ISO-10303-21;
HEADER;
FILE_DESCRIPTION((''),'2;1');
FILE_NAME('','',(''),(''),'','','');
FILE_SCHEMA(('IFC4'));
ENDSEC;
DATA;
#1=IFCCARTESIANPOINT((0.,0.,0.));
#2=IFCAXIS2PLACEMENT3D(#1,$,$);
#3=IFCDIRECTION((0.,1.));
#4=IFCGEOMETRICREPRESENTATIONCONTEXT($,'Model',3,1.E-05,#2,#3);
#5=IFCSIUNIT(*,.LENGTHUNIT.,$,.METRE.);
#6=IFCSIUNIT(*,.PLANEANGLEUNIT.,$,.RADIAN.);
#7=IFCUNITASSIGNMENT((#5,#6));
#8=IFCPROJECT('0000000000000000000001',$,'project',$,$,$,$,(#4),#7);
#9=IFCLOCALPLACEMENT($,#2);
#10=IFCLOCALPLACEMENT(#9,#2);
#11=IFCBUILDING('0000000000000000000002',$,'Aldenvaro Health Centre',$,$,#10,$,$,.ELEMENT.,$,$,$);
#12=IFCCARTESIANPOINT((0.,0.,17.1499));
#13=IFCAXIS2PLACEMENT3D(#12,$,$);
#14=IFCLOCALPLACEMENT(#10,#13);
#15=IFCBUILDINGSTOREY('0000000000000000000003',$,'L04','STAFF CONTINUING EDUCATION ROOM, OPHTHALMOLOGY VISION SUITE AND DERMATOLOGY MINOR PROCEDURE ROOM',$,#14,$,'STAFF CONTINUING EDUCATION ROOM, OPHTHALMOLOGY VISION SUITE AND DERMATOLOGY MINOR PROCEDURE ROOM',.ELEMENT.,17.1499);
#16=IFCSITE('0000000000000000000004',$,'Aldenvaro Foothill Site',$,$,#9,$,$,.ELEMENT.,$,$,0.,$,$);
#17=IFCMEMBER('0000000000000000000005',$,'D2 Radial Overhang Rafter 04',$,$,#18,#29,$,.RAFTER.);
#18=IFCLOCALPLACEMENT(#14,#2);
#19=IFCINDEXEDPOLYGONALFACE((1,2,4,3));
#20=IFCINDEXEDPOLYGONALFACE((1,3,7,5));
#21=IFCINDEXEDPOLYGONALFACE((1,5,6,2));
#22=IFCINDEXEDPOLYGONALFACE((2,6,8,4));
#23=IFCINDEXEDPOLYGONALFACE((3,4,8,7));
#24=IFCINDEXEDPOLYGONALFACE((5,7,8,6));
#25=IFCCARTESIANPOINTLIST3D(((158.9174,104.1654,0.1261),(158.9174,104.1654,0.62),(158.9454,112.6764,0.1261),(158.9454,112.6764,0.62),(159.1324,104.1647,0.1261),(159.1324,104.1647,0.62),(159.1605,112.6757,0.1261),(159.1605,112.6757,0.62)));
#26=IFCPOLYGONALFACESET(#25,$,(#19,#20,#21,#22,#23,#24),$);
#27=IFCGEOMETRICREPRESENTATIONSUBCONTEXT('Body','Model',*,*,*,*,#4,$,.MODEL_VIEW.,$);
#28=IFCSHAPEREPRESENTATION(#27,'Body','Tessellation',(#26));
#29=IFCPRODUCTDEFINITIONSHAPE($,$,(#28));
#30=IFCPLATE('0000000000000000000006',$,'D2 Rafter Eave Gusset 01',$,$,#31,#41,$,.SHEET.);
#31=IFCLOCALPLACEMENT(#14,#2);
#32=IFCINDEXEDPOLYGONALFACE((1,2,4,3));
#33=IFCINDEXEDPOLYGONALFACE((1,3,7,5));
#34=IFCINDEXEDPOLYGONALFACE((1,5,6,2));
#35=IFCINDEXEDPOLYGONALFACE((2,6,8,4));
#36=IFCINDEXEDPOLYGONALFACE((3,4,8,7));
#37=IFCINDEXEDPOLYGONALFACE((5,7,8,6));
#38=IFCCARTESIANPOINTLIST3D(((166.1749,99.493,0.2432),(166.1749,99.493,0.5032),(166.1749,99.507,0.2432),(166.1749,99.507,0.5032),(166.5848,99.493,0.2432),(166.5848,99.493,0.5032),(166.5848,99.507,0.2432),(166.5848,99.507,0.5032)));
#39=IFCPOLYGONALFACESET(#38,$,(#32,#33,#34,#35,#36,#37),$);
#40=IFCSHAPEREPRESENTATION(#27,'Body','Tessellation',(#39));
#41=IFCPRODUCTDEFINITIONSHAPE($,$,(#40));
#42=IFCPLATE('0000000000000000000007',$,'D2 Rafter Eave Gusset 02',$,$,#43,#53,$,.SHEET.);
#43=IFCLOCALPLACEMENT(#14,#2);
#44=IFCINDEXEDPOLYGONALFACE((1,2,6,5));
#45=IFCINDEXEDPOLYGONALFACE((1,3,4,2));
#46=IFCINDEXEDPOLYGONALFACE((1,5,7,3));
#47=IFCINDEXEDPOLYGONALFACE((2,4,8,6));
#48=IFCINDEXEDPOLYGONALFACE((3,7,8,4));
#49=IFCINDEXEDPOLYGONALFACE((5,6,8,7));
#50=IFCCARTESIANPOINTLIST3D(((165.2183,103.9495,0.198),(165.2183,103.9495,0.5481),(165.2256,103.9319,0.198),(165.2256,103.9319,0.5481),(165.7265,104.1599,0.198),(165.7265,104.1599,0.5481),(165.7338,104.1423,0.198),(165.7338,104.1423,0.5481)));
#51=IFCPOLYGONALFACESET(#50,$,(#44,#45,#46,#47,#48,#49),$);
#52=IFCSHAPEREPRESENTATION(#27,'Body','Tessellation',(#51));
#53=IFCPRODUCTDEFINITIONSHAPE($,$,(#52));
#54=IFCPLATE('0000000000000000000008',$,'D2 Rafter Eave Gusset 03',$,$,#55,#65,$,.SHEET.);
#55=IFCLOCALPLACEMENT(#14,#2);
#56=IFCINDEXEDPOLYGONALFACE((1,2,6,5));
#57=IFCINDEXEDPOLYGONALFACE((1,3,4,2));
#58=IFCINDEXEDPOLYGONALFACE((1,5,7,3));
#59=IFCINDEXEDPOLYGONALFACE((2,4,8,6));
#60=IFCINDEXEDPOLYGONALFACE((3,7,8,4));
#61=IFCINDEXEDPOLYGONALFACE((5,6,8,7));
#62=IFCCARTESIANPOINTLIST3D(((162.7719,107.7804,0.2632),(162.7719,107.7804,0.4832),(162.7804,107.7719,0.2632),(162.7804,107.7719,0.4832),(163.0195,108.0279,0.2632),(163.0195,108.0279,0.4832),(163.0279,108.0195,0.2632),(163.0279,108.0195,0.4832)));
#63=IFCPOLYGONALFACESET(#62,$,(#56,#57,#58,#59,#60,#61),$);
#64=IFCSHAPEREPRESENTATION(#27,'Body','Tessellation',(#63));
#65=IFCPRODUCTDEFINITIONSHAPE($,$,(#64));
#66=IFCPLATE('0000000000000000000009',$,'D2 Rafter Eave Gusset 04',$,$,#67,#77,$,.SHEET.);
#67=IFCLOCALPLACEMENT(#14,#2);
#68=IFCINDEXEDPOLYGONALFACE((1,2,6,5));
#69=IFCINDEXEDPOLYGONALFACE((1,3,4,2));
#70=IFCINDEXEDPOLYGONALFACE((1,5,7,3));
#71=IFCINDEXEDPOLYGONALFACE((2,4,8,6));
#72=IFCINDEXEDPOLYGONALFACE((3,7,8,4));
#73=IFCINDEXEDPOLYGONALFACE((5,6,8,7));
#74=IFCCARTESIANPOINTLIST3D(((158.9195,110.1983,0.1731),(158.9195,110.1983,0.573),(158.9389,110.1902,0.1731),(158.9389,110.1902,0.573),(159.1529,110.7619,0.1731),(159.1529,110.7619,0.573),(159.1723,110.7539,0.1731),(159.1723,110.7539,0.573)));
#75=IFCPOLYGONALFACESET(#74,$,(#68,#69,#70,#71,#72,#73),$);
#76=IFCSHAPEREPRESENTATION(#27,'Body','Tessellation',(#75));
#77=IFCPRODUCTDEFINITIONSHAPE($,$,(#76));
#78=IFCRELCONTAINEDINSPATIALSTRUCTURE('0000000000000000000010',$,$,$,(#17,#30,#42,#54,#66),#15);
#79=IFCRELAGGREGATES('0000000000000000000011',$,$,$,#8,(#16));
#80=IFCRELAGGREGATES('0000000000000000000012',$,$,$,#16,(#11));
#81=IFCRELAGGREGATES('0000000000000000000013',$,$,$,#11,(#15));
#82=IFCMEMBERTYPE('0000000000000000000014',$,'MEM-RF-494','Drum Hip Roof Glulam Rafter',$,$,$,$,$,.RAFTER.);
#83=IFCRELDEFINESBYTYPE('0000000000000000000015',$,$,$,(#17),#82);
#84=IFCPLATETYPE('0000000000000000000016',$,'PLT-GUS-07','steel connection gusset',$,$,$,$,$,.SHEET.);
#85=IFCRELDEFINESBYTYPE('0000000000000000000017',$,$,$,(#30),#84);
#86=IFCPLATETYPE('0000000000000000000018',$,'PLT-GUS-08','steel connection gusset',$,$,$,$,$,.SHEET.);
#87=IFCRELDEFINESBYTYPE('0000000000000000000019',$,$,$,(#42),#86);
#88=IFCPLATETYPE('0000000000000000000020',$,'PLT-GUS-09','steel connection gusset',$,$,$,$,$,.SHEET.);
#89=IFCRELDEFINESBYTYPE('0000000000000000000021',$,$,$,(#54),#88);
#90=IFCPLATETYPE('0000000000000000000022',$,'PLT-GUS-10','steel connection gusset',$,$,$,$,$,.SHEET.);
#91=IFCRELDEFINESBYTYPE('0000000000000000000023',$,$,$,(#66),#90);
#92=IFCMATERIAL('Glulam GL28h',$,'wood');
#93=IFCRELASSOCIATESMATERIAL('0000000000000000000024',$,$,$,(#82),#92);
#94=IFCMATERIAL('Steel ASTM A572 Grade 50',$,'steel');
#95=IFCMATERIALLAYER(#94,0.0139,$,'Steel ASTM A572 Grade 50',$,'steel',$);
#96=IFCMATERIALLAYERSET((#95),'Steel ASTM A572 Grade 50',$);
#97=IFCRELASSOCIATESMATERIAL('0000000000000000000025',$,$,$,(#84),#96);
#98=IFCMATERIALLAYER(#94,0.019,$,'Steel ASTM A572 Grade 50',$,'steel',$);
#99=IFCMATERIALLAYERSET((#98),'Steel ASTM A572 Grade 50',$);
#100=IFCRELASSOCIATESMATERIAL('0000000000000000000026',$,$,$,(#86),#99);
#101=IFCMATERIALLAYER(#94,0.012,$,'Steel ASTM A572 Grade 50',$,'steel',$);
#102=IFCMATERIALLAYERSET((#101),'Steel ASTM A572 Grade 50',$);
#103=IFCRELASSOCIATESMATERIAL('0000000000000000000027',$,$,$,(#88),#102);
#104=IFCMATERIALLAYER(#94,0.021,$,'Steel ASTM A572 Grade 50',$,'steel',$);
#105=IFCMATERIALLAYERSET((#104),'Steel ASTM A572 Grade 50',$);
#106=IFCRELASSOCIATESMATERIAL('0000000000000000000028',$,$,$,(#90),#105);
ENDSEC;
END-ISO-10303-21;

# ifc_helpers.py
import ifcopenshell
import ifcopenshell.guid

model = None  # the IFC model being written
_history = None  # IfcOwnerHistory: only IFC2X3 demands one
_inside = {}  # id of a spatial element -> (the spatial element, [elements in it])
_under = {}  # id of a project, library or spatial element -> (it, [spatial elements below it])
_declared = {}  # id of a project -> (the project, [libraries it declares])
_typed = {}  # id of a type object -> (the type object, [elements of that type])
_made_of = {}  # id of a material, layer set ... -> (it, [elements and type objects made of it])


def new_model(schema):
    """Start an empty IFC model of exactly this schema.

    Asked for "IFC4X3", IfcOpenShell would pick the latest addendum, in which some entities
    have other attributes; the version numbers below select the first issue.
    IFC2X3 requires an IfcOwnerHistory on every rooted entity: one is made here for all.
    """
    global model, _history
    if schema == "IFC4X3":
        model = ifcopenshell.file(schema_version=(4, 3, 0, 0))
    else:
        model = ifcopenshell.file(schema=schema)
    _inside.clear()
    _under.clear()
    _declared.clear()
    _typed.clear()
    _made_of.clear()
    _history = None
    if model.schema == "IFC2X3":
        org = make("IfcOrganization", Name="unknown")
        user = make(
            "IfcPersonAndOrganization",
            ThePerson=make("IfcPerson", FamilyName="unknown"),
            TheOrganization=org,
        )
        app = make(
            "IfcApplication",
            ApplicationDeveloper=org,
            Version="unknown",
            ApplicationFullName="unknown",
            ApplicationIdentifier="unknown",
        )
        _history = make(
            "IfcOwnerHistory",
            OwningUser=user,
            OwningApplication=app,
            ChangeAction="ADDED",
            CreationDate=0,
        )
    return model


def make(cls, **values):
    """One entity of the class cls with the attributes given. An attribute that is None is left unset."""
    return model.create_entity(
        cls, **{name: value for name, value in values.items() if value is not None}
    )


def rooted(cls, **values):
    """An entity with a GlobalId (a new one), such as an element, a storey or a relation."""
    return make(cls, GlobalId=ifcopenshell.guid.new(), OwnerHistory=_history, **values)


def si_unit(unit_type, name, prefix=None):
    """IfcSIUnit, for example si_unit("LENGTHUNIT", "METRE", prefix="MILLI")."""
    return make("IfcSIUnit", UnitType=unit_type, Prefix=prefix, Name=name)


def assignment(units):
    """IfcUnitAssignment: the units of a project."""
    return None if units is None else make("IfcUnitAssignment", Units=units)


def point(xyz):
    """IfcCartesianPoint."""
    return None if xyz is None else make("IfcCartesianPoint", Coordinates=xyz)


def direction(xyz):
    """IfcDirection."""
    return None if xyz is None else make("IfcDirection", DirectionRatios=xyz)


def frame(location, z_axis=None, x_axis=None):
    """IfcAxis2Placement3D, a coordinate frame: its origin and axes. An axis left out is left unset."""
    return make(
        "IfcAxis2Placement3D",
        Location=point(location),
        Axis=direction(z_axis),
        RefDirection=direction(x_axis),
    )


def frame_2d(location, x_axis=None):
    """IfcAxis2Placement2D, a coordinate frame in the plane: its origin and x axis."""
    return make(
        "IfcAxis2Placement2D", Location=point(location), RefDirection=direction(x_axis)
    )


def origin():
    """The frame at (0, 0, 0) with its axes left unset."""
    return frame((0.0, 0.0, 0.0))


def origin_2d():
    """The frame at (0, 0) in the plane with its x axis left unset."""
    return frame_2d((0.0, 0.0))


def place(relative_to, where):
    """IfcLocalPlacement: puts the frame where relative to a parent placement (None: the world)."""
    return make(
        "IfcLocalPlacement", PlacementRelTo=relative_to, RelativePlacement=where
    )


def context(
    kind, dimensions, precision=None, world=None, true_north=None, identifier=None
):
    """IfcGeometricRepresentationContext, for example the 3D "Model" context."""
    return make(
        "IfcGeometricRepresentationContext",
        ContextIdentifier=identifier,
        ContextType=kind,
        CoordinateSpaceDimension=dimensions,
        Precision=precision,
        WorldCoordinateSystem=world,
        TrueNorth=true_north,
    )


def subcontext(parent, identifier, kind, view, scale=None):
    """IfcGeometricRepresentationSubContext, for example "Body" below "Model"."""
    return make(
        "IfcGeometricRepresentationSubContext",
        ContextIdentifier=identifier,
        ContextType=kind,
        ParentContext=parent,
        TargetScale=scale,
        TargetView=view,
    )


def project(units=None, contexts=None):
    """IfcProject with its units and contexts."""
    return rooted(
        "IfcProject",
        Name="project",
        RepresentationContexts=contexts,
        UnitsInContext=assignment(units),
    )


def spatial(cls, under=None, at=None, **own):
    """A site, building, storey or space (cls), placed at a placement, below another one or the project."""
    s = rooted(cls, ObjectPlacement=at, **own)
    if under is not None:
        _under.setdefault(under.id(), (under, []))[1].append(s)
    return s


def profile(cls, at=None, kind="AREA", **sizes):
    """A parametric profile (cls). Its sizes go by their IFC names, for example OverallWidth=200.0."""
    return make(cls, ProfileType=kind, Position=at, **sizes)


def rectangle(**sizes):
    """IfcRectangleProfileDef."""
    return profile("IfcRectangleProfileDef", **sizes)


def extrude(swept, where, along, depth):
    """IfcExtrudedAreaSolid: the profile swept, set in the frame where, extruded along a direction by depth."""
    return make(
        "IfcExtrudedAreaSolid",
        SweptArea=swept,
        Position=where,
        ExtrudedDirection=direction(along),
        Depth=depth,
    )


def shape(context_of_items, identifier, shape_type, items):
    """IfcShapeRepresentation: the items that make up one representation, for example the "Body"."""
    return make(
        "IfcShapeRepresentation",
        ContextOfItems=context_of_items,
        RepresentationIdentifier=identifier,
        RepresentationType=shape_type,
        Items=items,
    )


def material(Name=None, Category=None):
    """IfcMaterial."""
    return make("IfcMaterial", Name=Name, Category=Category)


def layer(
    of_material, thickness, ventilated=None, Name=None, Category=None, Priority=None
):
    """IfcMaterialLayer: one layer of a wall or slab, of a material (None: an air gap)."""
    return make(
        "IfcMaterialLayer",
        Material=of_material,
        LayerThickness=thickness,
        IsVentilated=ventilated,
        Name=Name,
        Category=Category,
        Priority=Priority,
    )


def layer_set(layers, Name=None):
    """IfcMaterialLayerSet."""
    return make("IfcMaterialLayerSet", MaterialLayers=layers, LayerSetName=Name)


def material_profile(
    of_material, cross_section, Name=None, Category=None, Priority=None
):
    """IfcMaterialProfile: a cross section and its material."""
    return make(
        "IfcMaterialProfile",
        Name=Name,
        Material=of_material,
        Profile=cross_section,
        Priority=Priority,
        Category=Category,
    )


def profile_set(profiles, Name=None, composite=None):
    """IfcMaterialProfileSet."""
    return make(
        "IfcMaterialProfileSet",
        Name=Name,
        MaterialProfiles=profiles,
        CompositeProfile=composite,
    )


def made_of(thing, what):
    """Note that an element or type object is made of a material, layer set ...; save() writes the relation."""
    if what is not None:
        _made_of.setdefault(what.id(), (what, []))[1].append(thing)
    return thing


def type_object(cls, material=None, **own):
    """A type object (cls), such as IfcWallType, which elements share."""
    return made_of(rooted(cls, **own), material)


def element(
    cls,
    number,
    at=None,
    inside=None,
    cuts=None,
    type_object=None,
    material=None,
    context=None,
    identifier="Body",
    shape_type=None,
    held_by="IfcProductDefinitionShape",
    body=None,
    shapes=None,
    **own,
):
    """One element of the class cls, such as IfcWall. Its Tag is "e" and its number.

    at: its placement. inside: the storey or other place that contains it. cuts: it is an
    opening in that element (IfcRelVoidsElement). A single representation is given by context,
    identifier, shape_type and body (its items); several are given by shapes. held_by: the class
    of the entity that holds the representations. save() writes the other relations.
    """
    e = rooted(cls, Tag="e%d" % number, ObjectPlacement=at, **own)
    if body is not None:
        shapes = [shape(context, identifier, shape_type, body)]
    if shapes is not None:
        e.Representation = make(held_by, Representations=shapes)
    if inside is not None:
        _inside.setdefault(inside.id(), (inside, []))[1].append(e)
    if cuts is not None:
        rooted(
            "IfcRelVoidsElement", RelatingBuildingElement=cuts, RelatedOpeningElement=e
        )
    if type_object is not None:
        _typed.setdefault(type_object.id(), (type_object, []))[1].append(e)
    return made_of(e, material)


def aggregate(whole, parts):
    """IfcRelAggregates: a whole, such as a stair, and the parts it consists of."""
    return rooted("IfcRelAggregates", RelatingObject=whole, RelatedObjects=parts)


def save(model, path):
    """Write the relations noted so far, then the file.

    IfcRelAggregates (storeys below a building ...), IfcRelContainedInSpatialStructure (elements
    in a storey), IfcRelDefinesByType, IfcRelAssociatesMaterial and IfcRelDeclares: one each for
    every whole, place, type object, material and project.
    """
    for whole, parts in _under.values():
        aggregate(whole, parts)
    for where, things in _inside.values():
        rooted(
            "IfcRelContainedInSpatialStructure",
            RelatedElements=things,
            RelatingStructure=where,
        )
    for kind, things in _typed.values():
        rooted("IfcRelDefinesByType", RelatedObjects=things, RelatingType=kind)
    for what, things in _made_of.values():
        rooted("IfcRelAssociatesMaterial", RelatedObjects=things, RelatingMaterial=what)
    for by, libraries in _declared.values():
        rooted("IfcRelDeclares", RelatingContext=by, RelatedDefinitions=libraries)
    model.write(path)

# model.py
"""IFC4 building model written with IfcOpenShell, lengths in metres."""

from ifc_helpers import new_model, si_unit, direction, frame, origin, origin_2d, place, context, subcontext, project, spatial, rectangle, extrude, material, layer, layer_set, material_profile, profile_set, type_object, element, save


model = new_model("IFC4")

# Units and contexts
model_context = context("Model", 3, precision=1e-05, world=origin(), true_north=direction((0.0, 1.0)))
body_context = subcontext(model_context, "Body", "Model", "MODEL_VIEW")
ifc_project = project(units=[si_unit("LENGTHUNIT", "METRE"), si_unit("PLANEANGLEUNIT", "RADIAN")], contexts=[model_context])

# Site, building, storey
site_placement = place(None, origin())
site = spatial("IfcSite", under=ifc_project, at=site_placement, Name="Aldenvaro Foothill Site", CompositionType="ELEMENT", RefElevation=0.0)
building_placement = place(site_placement, origin())
building = spatial("IfcBuilding", under=site, at=building_placement, Name="Aldenvaro Health Centre", CompositionType="ELEMENT")
storey_placement = place(building_placement, frame((0.0, 0.0, 17.1499)))
storey = spatial("IfcBuildingStorey", under=building, at=storey_placement, Name="L04", Description="STAFF CONTINUING EDUCATION ROOM, OPHTHALMOLOGY VISION SUITE AND DERMATOLOGY MINOR PROCEDURE ROOM", LongName="STAFF CONTINUING EDUCATION ROOM, OPHTHALMOLOGY VISION SUITE AND DERMATOLOGY MINOR PROCEDURE ROOM", CompositionType="ELEMENT", Elevation=17.1499)

# Shared definitions
ifc_material_1 = material(Name="Glulam GL28h", Category="wood")

# Member
ifc_material_profile_1 = material_profile(ifc_material_1, rectangle(XDim=0.2151, YDim=0.4939, at=origin_2d()), Name="GL 215x494", Category="wood")
ifc_profile_set_1 = profile_set([ifc_material_profile_1], Name="Glulam GL28h")
member_type_1 = type_object("IfcMemberType", Name="MEM-RF-494", Description="Drum Hip Roof Glulam Rafter", PredefinedType="RAFTER", material=ifc_profile_set_1)
member_1_placement = place(storey_placement, frame((159.053, 112.676, 0.373), z_axis=(-0.003299, -0.999995, 0.0), x_axis=(0.999995, -0.003299, 0.0)))
element("IfcMember", 1, at=member_1_placement, inside=storey, type_object=member_type_1, Name="D2 Radial Overhang Rafter 04", PredefinedType="RAFTER", context=body_context, shape_type="SweptSolid", body=[
    extrude(rectangle(XDim=0.2151, YDim=0.4939, at=origin_2d()), origin(), (0.0, 0.0, 1.0), 8.511),
])

# Plates
ifc_material_2 = material(Name="Steel ASTM A572 Grade 50", Category="steel")
ifc_layer_1 = layer(ifc_material_2, 0.0139, Name="Steel ASTM A572 Grade 50", Category="steel")
ifc_layer_set_1 = layer_set([ifc_layer_1], Name="Steel ASTM A572 Grade 50")
plate_type_1 = type_object("IfcPlateType", Name="PLT-GUS-07", Description="steel connection gusset", PredefinedType="SHEET", material=ifc_layer_set_1)
plate_1_placement = place(storey_placement, frame((166.3799, 99.5, 0.2432), z_axis=(0.0, 0.0, 1.0), x_axis=(1.0, 0.0, 0.0)))
element("IfcPlate", 2, at=plate_1_placement, inside=storey, type_object=plate_type_1, Name="D2 Rafter Eave Gusset 01", PredefinedType="SHEET", context=body_context, shape_type="SweptSolid", body=[
    extrude(rectangle(XDim=0.4099, YDim=0.0139, at=origin_2d()), origin(), (0.0, 0.0, 1.0), 0.26),
])
ifc_layer_2 = layer(ifc_material_2, 0.019, Name="Steel ASTM A572 Grade 50", Category="steel")
ifc_layer_set_2 = layer_set([ifc_layer_2], Name="Steel ASTM A572 Grade 50")
plate_type_2 = type_object("IfcPlateType", Name="PLT-GUS-08", Description="steel connection gusset", PredefinedType="SHEET", material=ifc_layer_set_2)
plate_2_placement = place(storey_placement, frame((165.4761, 104.0459, 0.198), z_axis=(0.0, 0.0, 1.0), x_axis=(0.923892, 0.382654, 0.0)))
element("IfcPlate", 3, at=plate_2_placement, inside=storey, type_object=plate_type_2, Name="D2 Rafter Eave Gusset 02", PredefinedType="SHEET", context=body_context, shape_type="SweptSolid", body=[
    extrude(rectangle(XDim=0.55, YDim=0.019, at=origin_2d()), origin(), (0.0, 0.0, 1.0), 0.3501),
])
ifc_layer_3 = layer(ifc_material_2, 0.012, Name="Steel ASTM A572 Grade 50", Category="steel")
ifc_layer_set_3 = layer_set([ifc_layer_3], Name="Steel ASTM A572 Grade 50")
plate_type_3 = type_object("IfcPlateType", Name="PLT-GUS-09", Description="steel connection gusset", PredefinedType="SHEET", material=ifc_layer_set_3)
plate_3_placement = place(storey_placement, frame((162.8999, 107.8999, 0.2632), z_axis=(0.0, 0.0, 1.0), x_axis=(0.707107, 0.707107, 0.0)))
element("IfcPlate", 4, at=plate_3_placement, inside=storey, type_object=plate_type_3, Name="D2 Rafter Eave Gusset 03", PredefinedType="SHEET", context=body_context, shape_type="SweptSolid", body=[
    extrude(rectangle(XDim=0.3501, YDim=0.012, at=origin_2d()), origin(), (0.0, 0.0, 1.0), 0.22),
])
ifc_layer_4 = layer(ifc_material_2, 0.021, Name="Steel ASTM A572 Grade 50", Category="steel")
ifc_layer_set_4 = layer_set([ifc_layer_4], Name="Steel ASTM A572 Grade 50")
plate_type_4 = type_object("IfcPlateType", Name="PLT-GUS-10", Description="steel connection gusset", PredefinedType="SHEET", material=ifc_layer_set_4)
plate_4_placement = place(storey_placement, frame((159.0459, 110.4761, 0.1731), z_axis=(0.0, 0.0, 1.0), x_axis=(0.382654, 0.923892, 0.0)))
element("IfcPlate", 5, at=plate_4_placement, inside=storey, type_object=plate_type_4, Name="D2 Rafter Eave Gusset 04", PredefinedType="SHEET", context=body_context, shape_type="SweptSolid", body=[
    extrude(rectangle(XDim=0.6101, YDim=0.021, at=origin_2d()), origin(), (0.0, 0.0, 1.0), 0.3999),
])

save(model, "model.ifc")
